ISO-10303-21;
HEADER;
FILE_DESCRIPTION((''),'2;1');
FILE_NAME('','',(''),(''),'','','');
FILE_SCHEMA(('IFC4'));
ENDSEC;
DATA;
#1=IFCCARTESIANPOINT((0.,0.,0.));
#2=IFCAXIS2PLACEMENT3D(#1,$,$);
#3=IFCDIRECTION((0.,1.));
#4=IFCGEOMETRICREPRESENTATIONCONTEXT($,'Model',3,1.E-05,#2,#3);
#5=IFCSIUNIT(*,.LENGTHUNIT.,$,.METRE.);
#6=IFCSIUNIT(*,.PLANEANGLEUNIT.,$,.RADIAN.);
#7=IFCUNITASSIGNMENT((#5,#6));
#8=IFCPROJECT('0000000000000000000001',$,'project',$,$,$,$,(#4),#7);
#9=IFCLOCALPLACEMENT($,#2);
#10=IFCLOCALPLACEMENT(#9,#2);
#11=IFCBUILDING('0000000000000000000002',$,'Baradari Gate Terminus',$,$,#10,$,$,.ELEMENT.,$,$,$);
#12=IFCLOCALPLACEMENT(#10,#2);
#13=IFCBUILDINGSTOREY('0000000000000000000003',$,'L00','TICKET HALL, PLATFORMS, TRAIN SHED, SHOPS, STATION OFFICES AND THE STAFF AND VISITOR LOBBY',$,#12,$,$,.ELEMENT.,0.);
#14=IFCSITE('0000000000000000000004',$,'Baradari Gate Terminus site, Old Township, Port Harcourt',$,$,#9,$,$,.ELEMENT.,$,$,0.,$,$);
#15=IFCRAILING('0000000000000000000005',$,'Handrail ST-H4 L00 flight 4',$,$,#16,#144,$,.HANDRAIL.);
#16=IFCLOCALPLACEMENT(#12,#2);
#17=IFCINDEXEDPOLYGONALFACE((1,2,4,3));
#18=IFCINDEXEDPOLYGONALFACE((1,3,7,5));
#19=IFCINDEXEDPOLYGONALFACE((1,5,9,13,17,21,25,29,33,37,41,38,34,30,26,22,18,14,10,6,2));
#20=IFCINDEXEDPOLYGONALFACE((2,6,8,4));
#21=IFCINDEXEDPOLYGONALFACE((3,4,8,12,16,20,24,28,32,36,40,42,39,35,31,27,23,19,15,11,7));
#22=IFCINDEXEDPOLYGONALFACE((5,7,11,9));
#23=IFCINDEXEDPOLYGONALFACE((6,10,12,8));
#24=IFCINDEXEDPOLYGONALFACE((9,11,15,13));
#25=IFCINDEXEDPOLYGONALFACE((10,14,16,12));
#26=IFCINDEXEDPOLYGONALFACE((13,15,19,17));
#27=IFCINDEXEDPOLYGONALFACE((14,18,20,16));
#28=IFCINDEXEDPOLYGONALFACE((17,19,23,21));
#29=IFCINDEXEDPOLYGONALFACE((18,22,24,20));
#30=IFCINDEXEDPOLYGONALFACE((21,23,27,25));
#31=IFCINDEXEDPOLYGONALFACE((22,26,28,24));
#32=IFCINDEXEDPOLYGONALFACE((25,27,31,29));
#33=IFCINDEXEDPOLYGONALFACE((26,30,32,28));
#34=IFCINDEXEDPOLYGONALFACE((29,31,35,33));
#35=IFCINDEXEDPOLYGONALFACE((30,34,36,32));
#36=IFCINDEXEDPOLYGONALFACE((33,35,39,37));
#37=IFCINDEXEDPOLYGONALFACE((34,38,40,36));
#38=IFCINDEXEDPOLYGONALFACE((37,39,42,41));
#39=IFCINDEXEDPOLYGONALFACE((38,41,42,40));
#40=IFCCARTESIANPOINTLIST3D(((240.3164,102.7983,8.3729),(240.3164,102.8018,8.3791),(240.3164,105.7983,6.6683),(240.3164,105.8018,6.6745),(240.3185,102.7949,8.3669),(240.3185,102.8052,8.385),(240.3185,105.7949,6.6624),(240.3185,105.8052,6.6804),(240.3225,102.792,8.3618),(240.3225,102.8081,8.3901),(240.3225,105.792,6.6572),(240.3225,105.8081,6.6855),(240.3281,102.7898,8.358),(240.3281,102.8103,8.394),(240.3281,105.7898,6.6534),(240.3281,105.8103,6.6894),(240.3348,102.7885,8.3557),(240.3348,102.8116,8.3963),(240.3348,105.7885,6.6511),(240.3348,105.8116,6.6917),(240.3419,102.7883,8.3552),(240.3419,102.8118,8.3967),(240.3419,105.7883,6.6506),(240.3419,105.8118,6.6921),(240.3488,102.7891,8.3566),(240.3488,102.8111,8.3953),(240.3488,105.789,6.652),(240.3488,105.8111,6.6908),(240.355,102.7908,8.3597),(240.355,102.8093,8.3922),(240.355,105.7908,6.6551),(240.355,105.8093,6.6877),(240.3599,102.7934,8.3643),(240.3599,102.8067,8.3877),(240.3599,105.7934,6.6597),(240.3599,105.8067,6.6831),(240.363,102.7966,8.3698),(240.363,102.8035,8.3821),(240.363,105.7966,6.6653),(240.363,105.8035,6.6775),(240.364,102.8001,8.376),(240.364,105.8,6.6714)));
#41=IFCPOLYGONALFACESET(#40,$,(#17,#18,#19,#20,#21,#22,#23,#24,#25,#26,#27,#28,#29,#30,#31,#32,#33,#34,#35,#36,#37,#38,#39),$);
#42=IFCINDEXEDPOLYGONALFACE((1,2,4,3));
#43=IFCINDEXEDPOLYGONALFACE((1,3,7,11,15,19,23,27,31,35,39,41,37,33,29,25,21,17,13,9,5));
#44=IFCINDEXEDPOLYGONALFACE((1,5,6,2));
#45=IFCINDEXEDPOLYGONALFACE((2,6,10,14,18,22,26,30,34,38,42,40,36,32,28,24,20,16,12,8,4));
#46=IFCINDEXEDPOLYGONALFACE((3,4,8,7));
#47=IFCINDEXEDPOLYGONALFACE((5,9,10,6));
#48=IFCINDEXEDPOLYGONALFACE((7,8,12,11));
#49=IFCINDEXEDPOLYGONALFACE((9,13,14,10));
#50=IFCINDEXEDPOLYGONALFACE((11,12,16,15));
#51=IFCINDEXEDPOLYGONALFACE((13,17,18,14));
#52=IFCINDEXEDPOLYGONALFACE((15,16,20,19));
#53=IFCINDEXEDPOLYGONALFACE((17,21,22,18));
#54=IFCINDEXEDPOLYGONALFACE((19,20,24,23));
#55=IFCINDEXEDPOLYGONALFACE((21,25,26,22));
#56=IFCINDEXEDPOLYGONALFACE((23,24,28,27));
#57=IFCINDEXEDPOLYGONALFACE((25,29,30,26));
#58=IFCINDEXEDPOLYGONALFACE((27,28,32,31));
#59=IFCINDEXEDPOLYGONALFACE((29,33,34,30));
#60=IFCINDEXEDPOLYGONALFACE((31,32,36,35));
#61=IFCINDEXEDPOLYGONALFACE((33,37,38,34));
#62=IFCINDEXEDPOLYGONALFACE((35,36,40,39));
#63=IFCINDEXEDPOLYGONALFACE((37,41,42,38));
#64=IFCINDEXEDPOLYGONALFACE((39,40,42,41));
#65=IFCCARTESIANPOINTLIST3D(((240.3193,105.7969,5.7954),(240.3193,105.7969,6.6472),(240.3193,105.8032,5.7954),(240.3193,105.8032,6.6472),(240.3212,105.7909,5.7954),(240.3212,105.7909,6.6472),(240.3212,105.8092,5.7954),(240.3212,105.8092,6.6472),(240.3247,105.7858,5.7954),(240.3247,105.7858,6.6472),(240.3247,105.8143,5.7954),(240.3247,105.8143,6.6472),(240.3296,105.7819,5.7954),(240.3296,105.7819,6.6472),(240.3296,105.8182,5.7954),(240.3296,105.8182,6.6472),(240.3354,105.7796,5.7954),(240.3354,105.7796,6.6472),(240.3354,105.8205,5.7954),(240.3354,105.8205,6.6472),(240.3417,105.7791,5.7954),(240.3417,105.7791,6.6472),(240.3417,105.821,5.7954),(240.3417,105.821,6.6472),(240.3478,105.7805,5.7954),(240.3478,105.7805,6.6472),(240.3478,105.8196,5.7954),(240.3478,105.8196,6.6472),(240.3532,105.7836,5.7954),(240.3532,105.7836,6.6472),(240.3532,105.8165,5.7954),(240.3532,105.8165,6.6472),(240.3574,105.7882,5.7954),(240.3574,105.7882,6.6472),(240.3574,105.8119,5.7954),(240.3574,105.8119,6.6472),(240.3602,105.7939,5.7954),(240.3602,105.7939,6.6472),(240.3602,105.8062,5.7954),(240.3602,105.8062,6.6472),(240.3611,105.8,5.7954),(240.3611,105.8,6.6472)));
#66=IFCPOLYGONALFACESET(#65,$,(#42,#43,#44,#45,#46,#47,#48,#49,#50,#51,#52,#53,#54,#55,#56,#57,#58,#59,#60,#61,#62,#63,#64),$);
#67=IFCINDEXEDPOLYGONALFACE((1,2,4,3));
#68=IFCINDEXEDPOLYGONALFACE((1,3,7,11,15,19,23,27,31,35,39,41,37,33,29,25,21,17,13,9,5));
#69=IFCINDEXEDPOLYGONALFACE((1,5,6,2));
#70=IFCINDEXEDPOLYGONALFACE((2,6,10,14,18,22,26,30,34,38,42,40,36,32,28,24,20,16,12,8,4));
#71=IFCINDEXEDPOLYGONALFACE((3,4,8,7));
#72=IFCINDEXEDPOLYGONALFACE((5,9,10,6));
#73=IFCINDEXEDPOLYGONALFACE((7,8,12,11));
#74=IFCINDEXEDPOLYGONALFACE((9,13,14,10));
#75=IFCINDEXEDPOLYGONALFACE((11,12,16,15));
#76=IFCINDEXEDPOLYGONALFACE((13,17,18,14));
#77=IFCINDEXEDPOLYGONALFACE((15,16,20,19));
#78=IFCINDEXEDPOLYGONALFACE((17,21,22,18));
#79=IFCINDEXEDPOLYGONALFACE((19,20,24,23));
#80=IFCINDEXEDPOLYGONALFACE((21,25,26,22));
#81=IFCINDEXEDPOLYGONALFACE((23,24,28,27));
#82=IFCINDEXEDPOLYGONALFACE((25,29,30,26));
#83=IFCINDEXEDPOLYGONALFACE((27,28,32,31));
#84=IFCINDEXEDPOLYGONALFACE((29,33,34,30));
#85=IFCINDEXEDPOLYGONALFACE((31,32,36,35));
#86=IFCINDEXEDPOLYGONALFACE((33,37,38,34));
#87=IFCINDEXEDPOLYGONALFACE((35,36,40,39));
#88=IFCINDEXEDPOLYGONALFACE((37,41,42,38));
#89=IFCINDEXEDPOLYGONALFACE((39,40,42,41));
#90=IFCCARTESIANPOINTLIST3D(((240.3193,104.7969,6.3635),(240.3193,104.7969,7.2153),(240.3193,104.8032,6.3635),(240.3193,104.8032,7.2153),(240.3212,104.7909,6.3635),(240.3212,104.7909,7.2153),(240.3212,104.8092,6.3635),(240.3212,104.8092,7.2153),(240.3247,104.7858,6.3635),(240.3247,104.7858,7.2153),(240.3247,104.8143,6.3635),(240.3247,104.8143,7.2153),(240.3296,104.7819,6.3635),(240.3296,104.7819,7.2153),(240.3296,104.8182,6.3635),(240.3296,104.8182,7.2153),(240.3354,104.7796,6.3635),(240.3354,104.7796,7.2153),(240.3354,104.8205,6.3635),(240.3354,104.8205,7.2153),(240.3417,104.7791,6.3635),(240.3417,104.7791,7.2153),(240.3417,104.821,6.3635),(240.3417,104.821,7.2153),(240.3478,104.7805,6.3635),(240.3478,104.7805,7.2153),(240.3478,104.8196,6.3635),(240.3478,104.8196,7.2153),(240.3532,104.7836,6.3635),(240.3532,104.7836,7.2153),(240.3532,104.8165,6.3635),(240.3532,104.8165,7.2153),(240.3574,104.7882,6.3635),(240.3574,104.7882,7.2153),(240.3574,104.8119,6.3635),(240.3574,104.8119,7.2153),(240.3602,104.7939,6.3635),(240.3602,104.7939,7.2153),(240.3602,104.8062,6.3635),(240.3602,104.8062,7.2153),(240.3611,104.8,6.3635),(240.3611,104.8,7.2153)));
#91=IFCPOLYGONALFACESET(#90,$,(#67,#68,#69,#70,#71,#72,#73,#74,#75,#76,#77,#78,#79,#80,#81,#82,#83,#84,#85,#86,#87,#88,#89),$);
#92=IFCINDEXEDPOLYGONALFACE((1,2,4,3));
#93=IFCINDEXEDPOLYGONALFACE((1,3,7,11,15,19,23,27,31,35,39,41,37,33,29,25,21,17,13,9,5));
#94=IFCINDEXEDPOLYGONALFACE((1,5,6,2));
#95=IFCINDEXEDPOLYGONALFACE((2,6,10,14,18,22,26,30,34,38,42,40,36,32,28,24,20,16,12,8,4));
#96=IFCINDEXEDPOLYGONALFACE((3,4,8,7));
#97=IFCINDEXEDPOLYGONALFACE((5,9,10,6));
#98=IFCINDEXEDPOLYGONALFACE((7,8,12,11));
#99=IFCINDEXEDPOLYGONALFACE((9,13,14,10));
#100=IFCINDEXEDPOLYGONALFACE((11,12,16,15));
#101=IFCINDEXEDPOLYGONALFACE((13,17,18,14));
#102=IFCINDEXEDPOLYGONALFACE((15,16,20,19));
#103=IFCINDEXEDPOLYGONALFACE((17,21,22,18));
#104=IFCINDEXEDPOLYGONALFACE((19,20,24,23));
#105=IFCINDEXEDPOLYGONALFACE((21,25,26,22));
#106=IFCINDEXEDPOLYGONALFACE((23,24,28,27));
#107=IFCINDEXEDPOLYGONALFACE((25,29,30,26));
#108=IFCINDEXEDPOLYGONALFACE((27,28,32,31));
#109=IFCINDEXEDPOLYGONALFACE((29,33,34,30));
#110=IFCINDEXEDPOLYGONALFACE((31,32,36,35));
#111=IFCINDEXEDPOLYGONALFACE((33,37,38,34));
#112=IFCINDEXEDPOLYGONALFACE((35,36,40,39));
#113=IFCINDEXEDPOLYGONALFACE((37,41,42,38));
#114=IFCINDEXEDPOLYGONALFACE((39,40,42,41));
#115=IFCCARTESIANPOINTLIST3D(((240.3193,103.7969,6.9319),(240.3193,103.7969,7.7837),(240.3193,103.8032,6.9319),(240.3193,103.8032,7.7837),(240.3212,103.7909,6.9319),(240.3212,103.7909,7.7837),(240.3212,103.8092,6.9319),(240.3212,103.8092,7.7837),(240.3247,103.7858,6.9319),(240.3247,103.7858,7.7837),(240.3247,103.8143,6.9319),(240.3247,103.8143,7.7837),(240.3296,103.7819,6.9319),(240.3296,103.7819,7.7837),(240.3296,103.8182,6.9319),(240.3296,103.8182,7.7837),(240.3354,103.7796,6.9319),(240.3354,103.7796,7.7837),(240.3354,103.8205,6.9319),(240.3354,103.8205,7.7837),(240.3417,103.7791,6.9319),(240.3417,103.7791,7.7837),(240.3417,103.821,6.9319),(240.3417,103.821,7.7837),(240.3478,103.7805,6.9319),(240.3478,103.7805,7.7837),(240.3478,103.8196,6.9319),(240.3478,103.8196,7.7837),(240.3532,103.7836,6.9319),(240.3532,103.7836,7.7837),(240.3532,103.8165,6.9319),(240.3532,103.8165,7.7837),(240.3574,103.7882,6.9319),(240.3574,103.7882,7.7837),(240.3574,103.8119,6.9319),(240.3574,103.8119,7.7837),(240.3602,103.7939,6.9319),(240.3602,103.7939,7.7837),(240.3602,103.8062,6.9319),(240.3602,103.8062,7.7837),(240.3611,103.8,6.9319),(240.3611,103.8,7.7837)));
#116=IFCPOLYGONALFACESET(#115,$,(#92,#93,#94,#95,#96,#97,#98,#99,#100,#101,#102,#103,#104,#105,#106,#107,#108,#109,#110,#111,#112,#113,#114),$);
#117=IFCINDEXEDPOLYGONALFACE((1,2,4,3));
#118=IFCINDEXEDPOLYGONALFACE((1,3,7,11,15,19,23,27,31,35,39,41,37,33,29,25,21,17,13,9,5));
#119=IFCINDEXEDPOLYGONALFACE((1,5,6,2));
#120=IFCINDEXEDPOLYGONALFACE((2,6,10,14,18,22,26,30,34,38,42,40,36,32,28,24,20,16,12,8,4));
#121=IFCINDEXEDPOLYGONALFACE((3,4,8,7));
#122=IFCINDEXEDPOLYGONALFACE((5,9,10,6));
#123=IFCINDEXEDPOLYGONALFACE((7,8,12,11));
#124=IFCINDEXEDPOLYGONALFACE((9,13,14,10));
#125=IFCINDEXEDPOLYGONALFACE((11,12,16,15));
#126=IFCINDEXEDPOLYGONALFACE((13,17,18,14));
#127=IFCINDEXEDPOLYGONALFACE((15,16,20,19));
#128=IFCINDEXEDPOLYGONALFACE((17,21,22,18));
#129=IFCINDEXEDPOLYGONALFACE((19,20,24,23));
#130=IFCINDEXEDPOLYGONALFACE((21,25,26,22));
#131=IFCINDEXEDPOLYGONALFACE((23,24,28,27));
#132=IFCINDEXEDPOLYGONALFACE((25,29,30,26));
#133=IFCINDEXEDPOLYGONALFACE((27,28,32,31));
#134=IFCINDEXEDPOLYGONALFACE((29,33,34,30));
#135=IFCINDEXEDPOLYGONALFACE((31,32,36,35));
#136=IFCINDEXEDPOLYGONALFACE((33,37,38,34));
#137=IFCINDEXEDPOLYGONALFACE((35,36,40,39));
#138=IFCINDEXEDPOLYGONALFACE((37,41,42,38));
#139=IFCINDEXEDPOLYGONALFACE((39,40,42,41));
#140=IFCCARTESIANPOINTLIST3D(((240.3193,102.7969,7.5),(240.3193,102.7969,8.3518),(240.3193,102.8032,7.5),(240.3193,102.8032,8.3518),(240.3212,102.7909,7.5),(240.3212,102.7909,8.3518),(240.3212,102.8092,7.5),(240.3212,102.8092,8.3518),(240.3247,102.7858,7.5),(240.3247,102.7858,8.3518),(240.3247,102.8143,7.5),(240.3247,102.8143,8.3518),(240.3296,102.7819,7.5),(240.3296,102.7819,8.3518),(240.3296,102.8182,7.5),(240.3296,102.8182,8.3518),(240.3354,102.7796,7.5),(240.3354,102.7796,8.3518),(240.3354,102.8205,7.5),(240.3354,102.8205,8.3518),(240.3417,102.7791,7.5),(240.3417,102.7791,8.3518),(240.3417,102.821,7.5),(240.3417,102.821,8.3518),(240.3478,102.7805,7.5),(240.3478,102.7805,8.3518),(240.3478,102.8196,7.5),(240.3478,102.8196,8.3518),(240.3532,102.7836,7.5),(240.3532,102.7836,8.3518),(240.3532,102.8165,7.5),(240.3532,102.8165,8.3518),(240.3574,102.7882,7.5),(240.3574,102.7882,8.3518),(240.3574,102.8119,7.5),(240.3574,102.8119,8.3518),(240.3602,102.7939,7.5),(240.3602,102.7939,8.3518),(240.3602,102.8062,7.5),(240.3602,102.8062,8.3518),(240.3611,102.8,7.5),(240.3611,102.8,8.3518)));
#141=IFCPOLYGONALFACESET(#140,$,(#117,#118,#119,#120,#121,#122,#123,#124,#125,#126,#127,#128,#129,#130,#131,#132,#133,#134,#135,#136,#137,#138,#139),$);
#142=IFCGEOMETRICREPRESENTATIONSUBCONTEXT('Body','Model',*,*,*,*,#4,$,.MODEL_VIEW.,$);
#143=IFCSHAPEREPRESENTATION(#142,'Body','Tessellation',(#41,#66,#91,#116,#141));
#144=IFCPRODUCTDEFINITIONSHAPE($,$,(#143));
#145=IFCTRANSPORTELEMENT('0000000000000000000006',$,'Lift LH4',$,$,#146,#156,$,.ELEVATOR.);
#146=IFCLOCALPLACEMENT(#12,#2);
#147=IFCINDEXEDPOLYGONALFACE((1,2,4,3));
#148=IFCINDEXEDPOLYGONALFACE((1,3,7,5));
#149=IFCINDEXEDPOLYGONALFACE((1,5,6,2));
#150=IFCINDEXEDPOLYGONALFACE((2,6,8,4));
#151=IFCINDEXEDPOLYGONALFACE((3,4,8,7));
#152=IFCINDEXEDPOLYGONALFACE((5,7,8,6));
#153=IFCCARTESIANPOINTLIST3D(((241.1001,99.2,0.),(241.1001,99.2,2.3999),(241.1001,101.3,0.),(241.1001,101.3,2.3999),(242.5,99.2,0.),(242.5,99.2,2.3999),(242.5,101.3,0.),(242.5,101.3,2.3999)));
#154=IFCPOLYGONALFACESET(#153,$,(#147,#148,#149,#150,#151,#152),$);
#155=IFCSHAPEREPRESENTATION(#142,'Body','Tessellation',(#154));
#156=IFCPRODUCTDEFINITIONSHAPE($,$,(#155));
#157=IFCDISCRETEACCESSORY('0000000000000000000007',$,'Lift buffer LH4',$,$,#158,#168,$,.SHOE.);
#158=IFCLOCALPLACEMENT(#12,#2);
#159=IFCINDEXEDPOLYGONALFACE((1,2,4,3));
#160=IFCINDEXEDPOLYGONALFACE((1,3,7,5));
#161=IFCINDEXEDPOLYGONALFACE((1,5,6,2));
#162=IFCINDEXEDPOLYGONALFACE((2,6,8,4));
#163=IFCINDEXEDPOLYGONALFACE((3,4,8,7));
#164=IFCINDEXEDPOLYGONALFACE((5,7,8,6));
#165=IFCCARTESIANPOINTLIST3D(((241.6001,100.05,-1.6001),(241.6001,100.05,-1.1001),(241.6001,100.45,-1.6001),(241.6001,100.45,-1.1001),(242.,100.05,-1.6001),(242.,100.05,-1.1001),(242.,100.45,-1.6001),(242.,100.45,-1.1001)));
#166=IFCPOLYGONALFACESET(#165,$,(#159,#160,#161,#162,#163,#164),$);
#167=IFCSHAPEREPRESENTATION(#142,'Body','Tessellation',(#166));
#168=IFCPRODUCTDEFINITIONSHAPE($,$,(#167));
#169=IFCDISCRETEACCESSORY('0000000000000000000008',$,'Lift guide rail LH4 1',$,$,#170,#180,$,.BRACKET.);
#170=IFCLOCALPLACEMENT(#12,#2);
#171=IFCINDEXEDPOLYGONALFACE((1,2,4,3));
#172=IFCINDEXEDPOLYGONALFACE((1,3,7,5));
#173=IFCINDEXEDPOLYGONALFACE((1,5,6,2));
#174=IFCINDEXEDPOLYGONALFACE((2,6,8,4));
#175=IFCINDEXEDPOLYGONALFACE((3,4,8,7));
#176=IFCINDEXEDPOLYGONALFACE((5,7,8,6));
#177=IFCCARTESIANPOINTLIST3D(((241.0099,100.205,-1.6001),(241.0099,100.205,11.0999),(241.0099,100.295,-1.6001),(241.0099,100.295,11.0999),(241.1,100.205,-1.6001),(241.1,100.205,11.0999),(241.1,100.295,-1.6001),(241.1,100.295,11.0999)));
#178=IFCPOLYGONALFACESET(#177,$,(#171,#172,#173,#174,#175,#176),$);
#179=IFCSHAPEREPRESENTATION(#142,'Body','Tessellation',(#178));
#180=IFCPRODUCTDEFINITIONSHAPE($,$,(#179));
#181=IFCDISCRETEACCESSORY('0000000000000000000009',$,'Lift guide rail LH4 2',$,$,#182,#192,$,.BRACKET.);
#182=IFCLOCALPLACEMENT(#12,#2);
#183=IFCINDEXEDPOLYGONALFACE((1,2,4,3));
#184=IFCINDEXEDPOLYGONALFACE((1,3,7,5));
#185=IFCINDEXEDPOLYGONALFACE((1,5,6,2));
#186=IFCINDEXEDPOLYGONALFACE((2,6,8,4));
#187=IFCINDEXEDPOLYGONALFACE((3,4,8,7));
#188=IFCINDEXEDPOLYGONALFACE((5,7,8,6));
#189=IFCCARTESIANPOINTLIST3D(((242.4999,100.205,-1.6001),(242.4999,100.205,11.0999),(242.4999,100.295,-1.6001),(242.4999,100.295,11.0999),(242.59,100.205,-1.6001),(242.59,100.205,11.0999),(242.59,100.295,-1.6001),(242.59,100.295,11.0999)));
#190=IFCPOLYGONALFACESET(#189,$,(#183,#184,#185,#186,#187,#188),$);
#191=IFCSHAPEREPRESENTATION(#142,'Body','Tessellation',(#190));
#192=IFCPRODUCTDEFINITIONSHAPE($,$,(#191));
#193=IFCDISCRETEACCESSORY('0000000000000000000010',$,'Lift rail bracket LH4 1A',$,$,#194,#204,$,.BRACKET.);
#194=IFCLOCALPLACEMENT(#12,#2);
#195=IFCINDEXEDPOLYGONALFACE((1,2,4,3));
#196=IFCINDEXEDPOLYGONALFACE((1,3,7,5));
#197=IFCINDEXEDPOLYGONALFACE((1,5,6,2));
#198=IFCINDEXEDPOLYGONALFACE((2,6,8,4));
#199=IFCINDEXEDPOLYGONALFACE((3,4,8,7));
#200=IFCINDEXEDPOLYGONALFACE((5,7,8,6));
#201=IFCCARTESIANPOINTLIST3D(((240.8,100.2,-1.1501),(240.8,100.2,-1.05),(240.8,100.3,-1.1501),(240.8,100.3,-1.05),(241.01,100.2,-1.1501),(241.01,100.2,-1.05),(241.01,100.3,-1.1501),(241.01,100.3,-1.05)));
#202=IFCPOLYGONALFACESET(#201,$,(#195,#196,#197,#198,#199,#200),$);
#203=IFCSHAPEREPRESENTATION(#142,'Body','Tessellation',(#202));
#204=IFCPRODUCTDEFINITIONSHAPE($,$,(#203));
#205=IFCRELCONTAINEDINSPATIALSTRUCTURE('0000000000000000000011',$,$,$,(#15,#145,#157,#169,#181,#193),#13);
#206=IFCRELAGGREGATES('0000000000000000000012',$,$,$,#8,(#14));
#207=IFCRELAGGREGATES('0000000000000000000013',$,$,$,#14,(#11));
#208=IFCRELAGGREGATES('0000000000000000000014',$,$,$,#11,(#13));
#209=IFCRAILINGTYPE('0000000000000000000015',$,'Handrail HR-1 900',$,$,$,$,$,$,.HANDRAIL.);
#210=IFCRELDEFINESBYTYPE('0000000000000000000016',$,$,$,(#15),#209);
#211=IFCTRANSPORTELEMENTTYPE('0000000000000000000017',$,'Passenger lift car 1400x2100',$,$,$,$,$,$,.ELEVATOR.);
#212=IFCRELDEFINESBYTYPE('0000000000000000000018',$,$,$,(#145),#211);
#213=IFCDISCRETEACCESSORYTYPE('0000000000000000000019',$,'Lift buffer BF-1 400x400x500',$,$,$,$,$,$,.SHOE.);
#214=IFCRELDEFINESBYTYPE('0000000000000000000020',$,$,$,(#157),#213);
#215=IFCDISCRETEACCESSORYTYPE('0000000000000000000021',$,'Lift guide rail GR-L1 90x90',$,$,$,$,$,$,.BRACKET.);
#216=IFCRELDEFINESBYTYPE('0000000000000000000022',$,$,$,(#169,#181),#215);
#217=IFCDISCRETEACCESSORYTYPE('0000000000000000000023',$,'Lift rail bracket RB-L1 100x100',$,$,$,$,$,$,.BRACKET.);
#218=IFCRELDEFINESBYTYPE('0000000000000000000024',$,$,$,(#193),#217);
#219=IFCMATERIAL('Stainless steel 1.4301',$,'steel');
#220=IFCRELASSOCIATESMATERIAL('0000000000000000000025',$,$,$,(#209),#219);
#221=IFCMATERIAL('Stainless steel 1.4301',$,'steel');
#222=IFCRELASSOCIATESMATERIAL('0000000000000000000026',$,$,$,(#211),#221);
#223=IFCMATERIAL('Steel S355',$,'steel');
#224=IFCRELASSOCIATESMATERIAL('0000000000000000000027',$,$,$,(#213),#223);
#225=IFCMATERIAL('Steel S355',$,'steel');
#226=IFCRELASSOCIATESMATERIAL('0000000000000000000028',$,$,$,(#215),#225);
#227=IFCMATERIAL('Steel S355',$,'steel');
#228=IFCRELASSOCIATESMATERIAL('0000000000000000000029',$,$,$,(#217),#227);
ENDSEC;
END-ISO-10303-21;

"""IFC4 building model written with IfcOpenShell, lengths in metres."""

from ifc_helpers import new_model, si_unit, direction, frame, origin, origin_2d, place, context, subcontext, project, spatial, rectangle, circle, extrude, material, type_object, element, save


model = new_model("IFC4")

# Units and contexts
model_context = context("Model", 3, precision=1e-05, world=origin(), true_north=direction((0.0, 1.0)))
body_context = subcontext(model_context, "Body", "Model", "MODEL_VIEW")
ifc_project = project(units=[si_unit("LENGTHUNIT", "METRE"), si_unit("PLANEANGLEUNIT", "RADIAN")], contexts=[model_context])

# Site, building, storey
site_placement = place(None, origin())
site = spatial("IfcSite", under=ifc_project, at=site_placement, Name="Baradari Gate Terminus site, Old Township, Port Harcourt", CompositionType="ELEMENT", RefElevation=0.0)
building_placement = place(site_placement, origin())
building = spatial("IfcBuilding", under=site, at=building_placement, Name="Baradari Gate Terminus", CompositionType="ELEMENT")
storey_placement = place(building_placement, origin())
storey = spatial("IfcBuildingStorey", under=building, at=storey_placement, Name="L00", Description="TICKET HALL, PLATFORMS, TRAIN SHED, SHOPS, STATION OFFICES AND THE STAFF AND VISITOR LOBBY", CompositionType="ELEMENT", Elevation=0.0)

# Railing
ifc_material_1 = material(Name="Stainless steel 1.4301", Category="steel")
railing_type_1 = type_object("IfcRailingType", Name="Handrail HR-1 900", PredefinedType="HANDRAIL", material=ifc_material_1)
for number, where, name in (
    (1, (240.3401, 105.8, 5.7954), "Handrail ST-H4 L00 flight 4"),
):
    element("IfcRailing", number, at=place(storey_placement, frame(where)), inside=storey, type_object=railing_type_1, Name=name, PredefinedType="HANDRAIL", context=body_context, shape_type="SweptSolid", body=[
        extrude(circle(Radius=0.0239, at=origin_2d()), frame((0.0, 0.0, 0.876), z_axis=(0.0, -0.869451, 0.494019), x_axis=(1.0, 0.0, 0.0)), (0.0, 0.0, 1.0), 3.4504),
        extrude(circle(Radius=0.021, at=origin_2d()), origin(), (0.0, 0.0, 1.0), 0.8518),
        extrude(circle(Radius=0.021, at=origin_2d()), frame((0.0, -1.0, 0.5681)), (0.0, 0.0, 1.0), 0.8518),
        extrude(circle(Radius=0.021, at=origin_2d()), frame((0.0, -2.0, 1.1365)), (0.0, 0.0, 1.0), 0.8518),
        extrude(circle(Radius=0.021, at=origin_2d()), frame((0.0, -3.0, 1.7046)), (0.0, 0.0, 1.0), 0.8518),
    ])

# Transport element
ifc_material_2 = material(Name="Stainless steel 1.4301", Category="steel")
transport_element_type = type_object("IfcTransportElementType", Name="Passenger lift car 1400x2100", PredefinedType="ELEVATOR", material=ifc_material_2)
transport_element_placement = place(storey_placement, frame((241.8, 100.25, 0.0), z_axis=(0.0, 0.0, 1.0), x_axis=(1.0, 0.0, 0.0)))
element("IfcTransportElement", 2, at=transport_element_placement, inside=storey, type_object=transport_element_type, Name="Lift LH4", PredefinedType="ELEVATOR", context=body_context, shape_type="SweptSolid", body=[
    extrude(rectangle(XDim=1.3999, YDim=2.1001, at=origin_2d()), origin(), (0.0, 0.0, 1.0), 2.3999),
])

# Discrete accessories
ifc_material_3 = material(Name="Steel S355", Category="steel")
discrete_accessory_type_1 = type_object("IfcDiscreteAccessoryType", Name="Lift buffer BF-1 400x400x500", PredefinedType="SHOE", material=ifc_material_3)
discrete_accessory_placement = place(storey_placement, frame((241.8, 100.25, -1.6001), z_axis=(0.0, 0.0, 1.0), x_axis=(1.0, 0.0, 0.0)))
element("IfcDiscreteAccessory", 3, at=discrete_accessory_placement, inside=storey, type_object=discrete_accessory_type_1, Name="Lift buffer LH4", PredefinedType="SHOE", context=body_context, shape_type="SweptSolid", body=[
    extrude(rectangle(XDim=0.3999, YDim=0.3999, at=origin_2d()), origin(), (0.0, 0.0, 1.0), 0.5),
])
ifc_material_4 = material(Name="Steel S355", Category="steel")
discrete_accessory_type_2 = type_object("IfcDiscreteAccessoryType", Name="Lift guide rail GR-L1 90x90", PredefinedType="BRACKET", material=ifc_material_4)
for number, where, z_axis, x_axis, name in (
    (4, (241.0549, 100.25, -1.6001), (0.0, 0.0, 1.0), (1.0, 0.0, 0.0), "Lift guide rail LH4 1"),
    (5, (242.5449, 100.25, -1.6001), (0.0, 0.0, 1.0), (1.0, 0.0, 0.0), "Lift guide rail LH4 2"),
):
    element("IfcDiscreteAccessory", number, at=place(storey_placement, frame(where, z_axis=z_axis, x_axis=x_axis)), inside=storey, type_object=discrete_accessory_type_2, Name=name, PredefinedType="BRACKET", context=body_context, shape_type="SweptSolid", body=[
        extrude(rectangle(XDim=0.0901, YDim=0.0901, at=origin_2d()), origin(), (0.0, 0.0, 1.0), 12.7),
    ])
ifc_material_5 = material(Name="Steel S355", Category="steel")
discrete_accessory_type_3 = type_object("IfcDiscreteAccessoryType", Name="Lift rail bracket RB-L1 100x100", PredefinedType="BRACKET", material=ifc_material_5)
for number, where, z_axis, x_axis, name in (
    (6, (240.905, 100.25, -1.1501), (0.0, 0.0, 1.0), (1.0, 0.0, 0.0), "Lift rail bracket LH4 1A"),
):
    element("IfcDiscreteAccessory", number, at=place(storey_placement, frame(where, z_axis=z_axis, x_axis=x_axis)), inside=storey, type_object=discrete_accessory_type_3, Name=name, PredefinedType="BRACKET", context=body_context, shape_type="SweptSolid", body=[
        extrude(rectangle(XDim=0.21, YDim=0.1001, at=origin_2d()), origin(), (0.0, 0.0, 1.0), 0.1001),
    ])

save(model, "model.ifc")
